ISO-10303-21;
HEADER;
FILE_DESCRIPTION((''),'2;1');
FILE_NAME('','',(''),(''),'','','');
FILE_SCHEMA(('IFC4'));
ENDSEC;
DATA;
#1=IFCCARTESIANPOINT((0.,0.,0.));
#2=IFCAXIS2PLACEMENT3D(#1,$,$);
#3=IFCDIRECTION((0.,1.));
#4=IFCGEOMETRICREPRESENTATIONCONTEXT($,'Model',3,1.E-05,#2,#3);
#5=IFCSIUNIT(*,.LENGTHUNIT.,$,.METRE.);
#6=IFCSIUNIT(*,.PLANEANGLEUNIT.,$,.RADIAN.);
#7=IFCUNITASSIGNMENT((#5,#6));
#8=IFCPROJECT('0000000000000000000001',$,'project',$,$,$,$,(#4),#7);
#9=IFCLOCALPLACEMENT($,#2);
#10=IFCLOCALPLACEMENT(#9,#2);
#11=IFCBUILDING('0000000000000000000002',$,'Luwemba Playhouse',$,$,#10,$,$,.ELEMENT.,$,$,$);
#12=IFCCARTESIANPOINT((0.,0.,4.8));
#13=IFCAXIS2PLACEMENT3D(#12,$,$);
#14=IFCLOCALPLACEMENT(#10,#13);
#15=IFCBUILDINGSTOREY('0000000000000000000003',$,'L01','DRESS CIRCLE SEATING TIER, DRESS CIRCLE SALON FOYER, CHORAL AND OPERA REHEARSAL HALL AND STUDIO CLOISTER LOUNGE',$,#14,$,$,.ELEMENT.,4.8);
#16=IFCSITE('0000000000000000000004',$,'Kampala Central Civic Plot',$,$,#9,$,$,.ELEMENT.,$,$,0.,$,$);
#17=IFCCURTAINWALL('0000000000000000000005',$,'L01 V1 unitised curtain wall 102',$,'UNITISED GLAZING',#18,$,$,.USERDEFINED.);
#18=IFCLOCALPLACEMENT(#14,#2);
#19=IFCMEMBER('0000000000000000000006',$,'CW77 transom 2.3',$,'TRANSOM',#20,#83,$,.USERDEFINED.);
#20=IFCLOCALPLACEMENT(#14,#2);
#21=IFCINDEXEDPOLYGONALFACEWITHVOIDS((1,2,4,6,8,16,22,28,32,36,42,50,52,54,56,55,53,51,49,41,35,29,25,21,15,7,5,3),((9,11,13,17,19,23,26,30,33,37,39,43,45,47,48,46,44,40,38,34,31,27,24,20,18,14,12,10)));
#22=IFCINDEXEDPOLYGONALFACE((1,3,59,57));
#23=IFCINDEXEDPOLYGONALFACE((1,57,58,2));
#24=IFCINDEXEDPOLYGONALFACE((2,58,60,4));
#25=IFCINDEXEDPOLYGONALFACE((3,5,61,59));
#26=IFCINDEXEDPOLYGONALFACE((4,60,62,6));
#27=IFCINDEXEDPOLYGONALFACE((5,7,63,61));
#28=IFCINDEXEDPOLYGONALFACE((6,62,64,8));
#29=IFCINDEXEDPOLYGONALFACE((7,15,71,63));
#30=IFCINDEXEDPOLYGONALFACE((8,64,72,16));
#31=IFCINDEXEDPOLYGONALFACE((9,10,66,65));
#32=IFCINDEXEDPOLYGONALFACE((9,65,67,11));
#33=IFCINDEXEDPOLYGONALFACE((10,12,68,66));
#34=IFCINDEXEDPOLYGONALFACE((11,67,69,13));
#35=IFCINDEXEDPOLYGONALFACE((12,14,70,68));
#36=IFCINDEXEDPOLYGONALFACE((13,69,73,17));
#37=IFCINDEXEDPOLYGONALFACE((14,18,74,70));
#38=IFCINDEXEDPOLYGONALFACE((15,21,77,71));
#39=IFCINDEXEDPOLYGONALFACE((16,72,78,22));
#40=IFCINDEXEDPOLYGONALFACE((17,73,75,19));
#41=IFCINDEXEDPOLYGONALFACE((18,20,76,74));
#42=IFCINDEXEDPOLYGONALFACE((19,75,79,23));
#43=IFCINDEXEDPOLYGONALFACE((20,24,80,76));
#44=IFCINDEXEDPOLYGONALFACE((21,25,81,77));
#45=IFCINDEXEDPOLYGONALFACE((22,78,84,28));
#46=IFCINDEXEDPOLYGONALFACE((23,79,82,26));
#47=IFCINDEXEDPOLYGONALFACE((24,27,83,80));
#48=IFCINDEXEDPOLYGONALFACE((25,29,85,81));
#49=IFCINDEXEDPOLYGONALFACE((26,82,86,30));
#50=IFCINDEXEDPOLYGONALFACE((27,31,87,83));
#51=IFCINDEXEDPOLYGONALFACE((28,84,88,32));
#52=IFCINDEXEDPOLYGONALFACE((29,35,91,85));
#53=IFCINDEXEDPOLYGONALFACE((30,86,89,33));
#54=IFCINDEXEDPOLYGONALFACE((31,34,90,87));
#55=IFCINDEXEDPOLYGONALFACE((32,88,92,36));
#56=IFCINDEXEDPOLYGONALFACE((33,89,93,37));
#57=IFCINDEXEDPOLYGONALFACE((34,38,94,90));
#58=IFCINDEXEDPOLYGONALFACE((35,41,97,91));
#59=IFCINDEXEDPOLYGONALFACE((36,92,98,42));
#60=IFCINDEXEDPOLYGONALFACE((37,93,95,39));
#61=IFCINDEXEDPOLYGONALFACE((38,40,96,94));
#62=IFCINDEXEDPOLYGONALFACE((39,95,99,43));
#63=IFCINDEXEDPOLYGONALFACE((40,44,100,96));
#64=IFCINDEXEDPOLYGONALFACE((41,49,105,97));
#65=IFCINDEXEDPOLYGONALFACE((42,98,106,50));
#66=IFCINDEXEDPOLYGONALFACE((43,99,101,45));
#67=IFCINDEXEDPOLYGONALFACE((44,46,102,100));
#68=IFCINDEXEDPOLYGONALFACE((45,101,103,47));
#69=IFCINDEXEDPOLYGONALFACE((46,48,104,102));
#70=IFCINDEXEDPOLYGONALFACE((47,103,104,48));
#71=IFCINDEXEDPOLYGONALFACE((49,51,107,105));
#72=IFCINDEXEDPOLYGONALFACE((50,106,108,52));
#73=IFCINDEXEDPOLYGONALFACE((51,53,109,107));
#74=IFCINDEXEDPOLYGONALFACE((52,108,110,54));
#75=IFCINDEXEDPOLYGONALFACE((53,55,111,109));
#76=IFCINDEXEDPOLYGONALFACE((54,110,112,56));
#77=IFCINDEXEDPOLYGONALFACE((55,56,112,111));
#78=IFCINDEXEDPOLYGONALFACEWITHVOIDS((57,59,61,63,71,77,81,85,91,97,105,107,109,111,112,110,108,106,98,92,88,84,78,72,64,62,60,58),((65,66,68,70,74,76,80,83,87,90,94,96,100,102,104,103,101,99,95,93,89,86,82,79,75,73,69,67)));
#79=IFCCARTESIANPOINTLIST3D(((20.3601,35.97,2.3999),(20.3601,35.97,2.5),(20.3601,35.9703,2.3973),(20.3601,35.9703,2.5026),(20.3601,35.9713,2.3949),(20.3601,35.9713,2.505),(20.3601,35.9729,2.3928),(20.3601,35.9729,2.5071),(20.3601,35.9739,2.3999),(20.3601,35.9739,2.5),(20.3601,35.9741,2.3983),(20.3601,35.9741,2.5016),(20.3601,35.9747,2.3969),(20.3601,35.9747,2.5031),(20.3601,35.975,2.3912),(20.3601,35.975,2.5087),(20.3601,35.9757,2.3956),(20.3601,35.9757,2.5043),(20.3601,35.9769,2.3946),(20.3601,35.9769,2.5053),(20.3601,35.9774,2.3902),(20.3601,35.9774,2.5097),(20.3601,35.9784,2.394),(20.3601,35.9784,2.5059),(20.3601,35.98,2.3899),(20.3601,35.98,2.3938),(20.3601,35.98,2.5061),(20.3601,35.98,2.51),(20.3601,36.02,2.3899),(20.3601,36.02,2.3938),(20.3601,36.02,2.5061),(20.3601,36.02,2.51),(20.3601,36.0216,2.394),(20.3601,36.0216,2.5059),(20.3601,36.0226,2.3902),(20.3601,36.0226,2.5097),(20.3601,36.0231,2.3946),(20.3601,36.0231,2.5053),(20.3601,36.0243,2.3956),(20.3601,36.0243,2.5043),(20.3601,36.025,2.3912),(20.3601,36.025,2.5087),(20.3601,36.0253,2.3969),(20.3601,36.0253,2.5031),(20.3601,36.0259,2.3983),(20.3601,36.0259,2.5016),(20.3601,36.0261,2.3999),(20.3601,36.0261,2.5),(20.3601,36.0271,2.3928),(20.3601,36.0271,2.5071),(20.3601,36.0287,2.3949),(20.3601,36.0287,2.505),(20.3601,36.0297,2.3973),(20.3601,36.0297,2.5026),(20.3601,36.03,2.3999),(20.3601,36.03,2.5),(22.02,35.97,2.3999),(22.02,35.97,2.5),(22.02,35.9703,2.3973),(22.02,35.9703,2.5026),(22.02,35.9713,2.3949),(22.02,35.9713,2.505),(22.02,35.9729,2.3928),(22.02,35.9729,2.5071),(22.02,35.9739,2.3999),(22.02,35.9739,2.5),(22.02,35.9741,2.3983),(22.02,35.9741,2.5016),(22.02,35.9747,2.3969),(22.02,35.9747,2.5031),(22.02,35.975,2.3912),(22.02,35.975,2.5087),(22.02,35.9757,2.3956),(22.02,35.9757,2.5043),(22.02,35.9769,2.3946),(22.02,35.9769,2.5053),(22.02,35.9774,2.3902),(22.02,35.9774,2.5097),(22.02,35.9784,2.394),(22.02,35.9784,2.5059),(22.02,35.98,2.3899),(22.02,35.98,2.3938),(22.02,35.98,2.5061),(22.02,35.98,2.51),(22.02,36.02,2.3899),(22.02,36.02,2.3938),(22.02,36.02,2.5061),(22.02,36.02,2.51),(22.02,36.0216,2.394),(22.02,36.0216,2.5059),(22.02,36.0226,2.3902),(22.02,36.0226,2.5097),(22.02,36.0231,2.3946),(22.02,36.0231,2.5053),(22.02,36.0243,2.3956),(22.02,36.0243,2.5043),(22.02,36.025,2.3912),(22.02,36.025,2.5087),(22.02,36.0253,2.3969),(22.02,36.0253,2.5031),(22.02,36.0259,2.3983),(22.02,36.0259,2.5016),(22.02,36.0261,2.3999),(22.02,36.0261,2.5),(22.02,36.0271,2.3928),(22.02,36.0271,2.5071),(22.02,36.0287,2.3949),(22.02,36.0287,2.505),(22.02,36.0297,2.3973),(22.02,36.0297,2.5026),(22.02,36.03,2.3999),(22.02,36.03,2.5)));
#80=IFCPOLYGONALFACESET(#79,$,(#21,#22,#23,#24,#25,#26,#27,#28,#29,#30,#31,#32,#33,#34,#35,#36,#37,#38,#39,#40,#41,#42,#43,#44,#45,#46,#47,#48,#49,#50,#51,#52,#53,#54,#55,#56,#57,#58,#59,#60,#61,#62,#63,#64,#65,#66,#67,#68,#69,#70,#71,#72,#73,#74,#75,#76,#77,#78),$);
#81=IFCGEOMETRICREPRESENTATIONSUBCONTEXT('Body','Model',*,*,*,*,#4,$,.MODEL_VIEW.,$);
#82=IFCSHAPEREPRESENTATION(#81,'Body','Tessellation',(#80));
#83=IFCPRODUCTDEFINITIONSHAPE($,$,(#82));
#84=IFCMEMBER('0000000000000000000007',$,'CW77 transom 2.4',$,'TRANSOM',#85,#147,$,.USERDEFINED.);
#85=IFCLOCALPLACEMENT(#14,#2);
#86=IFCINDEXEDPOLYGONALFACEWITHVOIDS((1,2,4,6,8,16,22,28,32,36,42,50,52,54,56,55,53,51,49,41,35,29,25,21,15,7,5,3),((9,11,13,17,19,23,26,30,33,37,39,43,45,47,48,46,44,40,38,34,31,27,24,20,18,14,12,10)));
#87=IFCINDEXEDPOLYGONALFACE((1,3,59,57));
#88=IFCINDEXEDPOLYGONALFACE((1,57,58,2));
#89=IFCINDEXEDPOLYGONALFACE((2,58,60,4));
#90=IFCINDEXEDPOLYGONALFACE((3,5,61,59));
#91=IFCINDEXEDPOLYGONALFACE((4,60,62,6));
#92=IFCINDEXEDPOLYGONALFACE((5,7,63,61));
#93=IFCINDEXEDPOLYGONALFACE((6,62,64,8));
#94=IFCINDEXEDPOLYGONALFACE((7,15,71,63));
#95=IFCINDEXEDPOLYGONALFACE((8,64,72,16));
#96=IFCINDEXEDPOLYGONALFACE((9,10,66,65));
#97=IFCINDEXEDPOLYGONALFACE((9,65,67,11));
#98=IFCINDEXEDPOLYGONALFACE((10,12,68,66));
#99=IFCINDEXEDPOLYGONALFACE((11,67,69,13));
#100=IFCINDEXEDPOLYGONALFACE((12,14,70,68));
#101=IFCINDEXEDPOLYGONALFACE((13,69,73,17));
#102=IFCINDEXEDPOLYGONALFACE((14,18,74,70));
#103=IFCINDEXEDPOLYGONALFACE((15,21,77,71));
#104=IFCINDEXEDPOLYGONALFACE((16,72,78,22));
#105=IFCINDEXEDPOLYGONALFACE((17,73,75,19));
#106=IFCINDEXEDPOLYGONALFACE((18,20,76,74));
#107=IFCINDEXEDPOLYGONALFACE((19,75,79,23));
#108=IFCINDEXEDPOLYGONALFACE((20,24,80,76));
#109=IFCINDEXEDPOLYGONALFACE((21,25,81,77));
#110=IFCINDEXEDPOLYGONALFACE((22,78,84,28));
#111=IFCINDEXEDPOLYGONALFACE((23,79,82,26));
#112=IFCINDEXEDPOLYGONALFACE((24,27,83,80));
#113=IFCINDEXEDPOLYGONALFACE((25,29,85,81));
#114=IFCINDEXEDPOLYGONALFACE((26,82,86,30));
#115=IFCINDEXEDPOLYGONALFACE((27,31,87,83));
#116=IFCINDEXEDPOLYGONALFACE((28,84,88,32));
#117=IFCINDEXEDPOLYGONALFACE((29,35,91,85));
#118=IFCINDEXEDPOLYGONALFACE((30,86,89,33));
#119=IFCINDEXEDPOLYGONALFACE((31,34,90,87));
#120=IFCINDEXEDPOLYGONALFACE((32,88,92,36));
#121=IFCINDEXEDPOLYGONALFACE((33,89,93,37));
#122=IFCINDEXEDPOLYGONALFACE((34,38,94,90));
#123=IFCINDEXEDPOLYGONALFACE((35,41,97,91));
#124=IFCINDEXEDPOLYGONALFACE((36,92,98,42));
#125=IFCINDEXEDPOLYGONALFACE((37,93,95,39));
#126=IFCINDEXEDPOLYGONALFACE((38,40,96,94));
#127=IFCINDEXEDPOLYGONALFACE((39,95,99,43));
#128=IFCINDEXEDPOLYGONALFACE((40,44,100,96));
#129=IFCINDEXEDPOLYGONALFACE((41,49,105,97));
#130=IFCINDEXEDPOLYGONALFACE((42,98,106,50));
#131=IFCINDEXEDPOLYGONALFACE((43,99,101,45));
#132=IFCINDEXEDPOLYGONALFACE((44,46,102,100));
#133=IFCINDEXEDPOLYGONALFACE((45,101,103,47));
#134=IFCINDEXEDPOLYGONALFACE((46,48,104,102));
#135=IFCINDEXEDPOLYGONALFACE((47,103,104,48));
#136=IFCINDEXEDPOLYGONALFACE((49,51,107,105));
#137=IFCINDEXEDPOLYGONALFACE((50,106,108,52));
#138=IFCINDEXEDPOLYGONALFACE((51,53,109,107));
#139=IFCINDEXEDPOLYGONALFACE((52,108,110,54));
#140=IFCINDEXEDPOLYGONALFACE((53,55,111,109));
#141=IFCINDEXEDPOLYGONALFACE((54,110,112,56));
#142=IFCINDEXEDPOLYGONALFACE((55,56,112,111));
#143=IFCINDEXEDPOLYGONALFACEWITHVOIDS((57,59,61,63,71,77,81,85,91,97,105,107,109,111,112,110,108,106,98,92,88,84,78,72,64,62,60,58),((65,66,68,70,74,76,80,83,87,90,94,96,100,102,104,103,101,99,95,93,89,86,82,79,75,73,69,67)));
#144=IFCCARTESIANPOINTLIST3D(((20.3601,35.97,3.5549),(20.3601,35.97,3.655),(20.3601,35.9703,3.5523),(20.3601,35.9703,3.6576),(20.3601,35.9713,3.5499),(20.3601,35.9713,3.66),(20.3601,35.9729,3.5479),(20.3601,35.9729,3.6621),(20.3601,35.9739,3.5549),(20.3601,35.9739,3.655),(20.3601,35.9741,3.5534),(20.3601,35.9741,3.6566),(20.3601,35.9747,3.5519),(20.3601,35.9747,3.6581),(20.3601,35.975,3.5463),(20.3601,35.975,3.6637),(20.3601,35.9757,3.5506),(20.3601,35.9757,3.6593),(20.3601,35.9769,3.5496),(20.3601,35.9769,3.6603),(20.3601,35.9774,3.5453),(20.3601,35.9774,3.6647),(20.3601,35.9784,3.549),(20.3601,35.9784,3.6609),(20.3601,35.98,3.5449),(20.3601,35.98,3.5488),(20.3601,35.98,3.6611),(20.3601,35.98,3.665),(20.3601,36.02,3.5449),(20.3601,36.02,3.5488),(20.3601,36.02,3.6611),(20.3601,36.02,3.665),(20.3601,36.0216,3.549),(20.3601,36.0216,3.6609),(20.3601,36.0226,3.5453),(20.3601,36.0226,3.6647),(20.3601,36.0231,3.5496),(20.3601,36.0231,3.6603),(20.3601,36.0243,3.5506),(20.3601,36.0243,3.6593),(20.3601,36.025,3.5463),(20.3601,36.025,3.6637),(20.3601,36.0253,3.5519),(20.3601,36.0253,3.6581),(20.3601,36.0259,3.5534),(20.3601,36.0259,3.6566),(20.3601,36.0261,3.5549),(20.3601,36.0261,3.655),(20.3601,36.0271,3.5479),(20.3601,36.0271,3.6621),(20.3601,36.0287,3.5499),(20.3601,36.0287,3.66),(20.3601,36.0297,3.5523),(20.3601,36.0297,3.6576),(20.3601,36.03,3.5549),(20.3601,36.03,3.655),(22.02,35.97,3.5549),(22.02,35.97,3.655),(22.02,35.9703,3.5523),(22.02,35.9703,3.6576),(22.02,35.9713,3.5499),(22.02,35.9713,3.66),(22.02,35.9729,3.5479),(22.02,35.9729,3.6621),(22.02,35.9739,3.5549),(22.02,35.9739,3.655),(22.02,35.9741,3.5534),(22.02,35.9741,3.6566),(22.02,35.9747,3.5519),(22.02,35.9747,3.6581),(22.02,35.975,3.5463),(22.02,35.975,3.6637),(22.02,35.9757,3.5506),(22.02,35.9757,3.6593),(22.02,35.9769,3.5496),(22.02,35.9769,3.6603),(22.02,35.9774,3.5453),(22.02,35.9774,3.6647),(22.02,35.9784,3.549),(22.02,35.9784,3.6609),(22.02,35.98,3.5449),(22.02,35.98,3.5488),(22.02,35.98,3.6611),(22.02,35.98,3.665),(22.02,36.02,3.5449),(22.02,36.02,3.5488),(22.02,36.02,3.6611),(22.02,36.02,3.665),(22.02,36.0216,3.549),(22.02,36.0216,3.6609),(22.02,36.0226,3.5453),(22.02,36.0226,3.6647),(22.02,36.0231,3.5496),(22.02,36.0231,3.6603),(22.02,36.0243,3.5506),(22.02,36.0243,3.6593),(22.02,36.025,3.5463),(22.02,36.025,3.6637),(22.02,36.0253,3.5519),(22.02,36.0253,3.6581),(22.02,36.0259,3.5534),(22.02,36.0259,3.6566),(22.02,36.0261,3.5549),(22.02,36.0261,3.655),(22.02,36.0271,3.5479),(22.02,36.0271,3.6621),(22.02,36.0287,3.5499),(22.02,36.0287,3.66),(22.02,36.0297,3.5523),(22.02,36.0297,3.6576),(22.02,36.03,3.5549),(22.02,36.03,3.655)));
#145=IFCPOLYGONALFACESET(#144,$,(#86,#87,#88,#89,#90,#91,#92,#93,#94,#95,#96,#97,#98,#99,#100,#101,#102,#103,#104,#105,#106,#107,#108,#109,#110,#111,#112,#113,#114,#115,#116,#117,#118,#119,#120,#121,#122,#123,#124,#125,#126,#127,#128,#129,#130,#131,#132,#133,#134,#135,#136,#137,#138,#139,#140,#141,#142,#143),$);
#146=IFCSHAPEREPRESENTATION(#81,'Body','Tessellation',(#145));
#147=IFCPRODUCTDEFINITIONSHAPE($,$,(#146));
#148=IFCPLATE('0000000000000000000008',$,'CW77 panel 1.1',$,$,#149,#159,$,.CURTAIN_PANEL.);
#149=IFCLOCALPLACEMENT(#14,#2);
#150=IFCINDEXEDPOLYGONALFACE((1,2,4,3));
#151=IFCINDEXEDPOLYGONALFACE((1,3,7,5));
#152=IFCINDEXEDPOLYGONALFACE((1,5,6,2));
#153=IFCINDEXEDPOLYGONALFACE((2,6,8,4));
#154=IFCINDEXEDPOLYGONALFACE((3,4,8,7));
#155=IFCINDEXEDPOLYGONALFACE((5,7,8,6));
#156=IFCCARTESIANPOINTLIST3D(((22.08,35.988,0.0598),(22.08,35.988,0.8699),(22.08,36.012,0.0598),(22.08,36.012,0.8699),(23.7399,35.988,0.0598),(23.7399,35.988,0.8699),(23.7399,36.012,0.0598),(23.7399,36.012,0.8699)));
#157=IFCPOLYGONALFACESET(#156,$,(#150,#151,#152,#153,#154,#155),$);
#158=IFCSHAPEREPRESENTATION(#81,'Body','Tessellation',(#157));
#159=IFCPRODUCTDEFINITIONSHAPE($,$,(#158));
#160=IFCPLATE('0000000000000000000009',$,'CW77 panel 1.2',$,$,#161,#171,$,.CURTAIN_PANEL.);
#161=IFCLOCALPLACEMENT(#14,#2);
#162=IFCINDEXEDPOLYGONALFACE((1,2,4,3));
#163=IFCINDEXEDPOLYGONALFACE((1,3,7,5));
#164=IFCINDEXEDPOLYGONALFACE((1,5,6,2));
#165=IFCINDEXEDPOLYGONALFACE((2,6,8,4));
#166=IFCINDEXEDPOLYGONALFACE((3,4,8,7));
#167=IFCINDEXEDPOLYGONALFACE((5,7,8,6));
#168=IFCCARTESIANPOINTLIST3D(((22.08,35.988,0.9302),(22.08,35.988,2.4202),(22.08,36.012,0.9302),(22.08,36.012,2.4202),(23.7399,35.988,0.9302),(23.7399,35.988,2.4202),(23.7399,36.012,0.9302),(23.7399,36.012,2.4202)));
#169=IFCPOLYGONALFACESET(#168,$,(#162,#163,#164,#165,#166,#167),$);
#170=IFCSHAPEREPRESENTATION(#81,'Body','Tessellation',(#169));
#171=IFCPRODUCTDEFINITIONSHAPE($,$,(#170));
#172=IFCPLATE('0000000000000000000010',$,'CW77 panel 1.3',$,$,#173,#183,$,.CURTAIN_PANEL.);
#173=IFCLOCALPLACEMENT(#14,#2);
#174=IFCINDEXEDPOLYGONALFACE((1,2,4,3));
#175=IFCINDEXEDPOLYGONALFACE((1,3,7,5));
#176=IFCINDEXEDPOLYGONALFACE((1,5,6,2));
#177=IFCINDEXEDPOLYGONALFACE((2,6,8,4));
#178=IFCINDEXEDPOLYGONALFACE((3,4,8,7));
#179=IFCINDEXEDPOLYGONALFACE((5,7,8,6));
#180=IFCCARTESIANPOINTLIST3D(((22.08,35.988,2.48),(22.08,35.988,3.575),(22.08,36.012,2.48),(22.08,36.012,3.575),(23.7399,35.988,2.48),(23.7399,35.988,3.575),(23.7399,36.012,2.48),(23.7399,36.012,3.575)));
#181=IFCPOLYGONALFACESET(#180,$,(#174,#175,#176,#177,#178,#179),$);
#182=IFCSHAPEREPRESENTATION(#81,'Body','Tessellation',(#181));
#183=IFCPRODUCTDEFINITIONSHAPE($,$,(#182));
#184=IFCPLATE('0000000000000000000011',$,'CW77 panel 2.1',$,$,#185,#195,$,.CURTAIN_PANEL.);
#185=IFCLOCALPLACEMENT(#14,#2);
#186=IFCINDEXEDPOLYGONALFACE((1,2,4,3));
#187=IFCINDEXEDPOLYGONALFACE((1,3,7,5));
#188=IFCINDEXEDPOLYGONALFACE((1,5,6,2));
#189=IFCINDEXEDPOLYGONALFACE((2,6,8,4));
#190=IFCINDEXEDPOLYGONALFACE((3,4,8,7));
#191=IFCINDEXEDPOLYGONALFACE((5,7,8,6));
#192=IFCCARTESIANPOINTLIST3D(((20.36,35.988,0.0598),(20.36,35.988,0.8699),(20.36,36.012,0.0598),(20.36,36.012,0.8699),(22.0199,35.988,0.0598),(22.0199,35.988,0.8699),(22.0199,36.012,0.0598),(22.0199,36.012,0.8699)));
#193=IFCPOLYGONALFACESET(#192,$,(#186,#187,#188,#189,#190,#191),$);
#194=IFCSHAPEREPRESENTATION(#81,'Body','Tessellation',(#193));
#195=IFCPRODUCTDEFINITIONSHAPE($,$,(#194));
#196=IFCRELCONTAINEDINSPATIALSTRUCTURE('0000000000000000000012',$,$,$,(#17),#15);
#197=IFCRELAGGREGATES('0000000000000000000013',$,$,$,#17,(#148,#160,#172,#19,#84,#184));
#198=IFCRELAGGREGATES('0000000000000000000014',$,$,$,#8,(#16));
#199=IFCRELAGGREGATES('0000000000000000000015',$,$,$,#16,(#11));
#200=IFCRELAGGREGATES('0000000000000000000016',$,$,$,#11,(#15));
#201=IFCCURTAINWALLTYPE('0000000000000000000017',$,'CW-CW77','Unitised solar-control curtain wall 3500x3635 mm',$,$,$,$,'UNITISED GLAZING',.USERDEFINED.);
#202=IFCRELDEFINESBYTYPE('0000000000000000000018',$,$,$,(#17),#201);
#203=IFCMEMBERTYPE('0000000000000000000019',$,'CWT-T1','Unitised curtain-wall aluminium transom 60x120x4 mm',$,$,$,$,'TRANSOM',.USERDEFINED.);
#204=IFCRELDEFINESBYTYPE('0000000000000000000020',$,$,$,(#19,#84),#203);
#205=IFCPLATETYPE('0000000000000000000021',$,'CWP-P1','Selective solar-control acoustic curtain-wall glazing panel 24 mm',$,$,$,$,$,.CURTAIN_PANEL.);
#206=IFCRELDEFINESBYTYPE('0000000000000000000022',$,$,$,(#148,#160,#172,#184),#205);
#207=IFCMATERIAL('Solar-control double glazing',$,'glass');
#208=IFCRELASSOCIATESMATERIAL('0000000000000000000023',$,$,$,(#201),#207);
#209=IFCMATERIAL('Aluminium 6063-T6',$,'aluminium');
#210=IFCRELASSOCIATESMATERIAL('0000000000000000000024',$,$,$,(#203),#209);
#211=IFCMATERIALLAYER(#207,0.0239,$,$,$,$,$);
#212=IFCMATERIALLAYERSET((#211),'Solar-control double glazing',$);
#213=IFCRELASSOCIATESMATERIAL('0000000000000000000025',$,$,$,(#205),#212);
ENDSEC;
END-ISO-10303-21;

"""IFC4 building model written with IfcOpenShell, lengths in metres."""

from ifc_helpers import new_model, si_unit, direction, frame, origin, origin_2d, place, context, subcontext, project, spatial, rectangle, hollow_rectangle, extrude, material, layer, layer_set, material_profile, profile_set, type_object, element, aggregate, save


model = new_model("IFC4")

# Units and contexts
model_context = context("Model", 3, precision=1e-05, world=origin(), true_north=direction((0.0, 1.0)))
body_context = subcontext(model_context, "Body", "Model", "MODEL_VIEW")
ifc_project = project(units=[si_unit("LENGTHUNIT", "METRE"), si_unit("PLANEANGLEUNIT", "RADIAN")], contexts=[model_context])

# Site, building, storey
site_placement = place(None, origin())
site = spatial("IfcSite", under=ifc_project, at=site_placement, Name="Kampala Central Civic Plot", CompositionType="ELEMENT", RefElevation=0.0)
building_placement = place(site_placement, origin())
building = spatial("IfcBuilding", under=site, at=building_placement, Name="Luwemba Playhouse", CompositionType="ELEMENT")
storey_placement = place(building_placement, frame((0.0, 0.0, 4.8)))
storey = spatial("IfcBuildingStorey", under=building, at=storey_placement, Name="L01", Description="DRESS CIRCLE SEATING TIER, DRESS CIRCLE SALON FOYER, CHORAL AND OPERA REHEARSAL HALL AND STUDIO CLOISTER LOUNGE", CompositionType="ELEMENT", Elevation=4.8)

# Curtain wall
ifc_material_1 = material(Name="Solar-control double glazing", Category="glass")
curtain_wall_type_1 = type_object("IfcCurtainWallType", Name="CW-CW77", Description="Unitised solar-control curtain wall 3500x3635 mm", ElementType="UNITISED GLAZING", PredefinedType="USERDEFINED", material=ifc_material_1)
curtain_wall_1_placement = place(storey_placement, origin())
curtain_wall_1 = element("IfcCurtainWall", 1, at=curtain_wall_1_placement, inside=storey, type_object=curtain_wall_type_1, Name="L01 V1 unitised curtain wall 102", ObjectType="UNITISED GLAZING", PredefinedType="USERDEFINED")
ifc_material_2 = material(Name="Aluminium 6063-T6", Category="aluminium")

# Members
ifc_material_profile_1 = material_profile(ifc_material_2, hollow_rectangle(XDim=0.0601, YDim=0.1201, WallThickness=0.0039, InnerFilletRadius=0.0061, OuterFilletRadius=0.01, at=origin_2d()))
ifc_profile_set_1 = profile_set([ifc_material_profile_1], Name="Aluminium 6063-T6")
member_type_1 = type_object("IfcMemberType", Name="CWT-T1", Description="Unitised curtain-wall aluminium transom 60x120x4 mm", ElementType="TRANSOM", PredefinedType="USERDEFINED", material=ifc_profile_set_1)
member_1_placement = place(storey_placement, frame((22.02, 36.0, 2.45), z_axis=(-1.0, 0.0, 0.0), x_axis=(0.0, -1.0, 0.0)))
member_1 = element("IfcMember", 2, at=member_1_placement, type_object=member_type_1, Name="CW77 transom 2.3", ObjectType="TRANSOM", PredefinedType="USERDEFINED", context=body_context, shape_type="SweptSolid", body=[
    extrude(hollow_rectangle(XDim=0.0601, YDim=0.1201, WallThickness=0.0039, InnerFilletRadius=0.0061, OuterFilletRadius=0.01, at=origin_2d()), origin(), (0.0, 0.0, 1.0), 1.6599),
])
member_2_placement = place(storey_placement, frame((22.02, 36.0, 3.605), z_axis=(-1.0, 0.0, 0.0), x_axis=(0.0, -1.0, 0.0)))
member_2 = element("IfcMember", 3, at=member_2_placement, type_object=member_type_1, Name="CW77 transom 2.4", ObjectType="TRANSOM", PredefinedType="USERDEFINED", context=body_context, shape_type="SweptSolid", body=[
    extrude(hollow_rectangle(XDim=0.0601, YDim=0.1201, WallThickness=0.0039, InnerFilletRadius=0.0061, OuterFilletRadius=0.01, at=origin_2d()), origin(), (0.0, 0.0, 1.0), 1.6599),
])

# Plates
ifc_layer_1 = layer(ifc_material_1, 0.0239)
ifc_layer_set_1 = layer_set([ifc_layer_1], Name="Solar-control double glazing")
plate_type_1 = type_object("IfcPlateType", Name="CWP-P1", Description="Selective solar-control acoustic curtain-wall glazing panel 24 mm", PredefinedType="CURTAIN_PANEL", material=ifc_layer_set_1)
plate_1_placement = place(storey_placement, frame((22.9099, 36.0, 0.0598), z_axis=(0.0, 0.0, 1.0), x_axis=(-1.0, 0.0, 0.0)))
plate_1 = element("IfcPlate", 4, at=plate_1_placement, type_object=plate_type_1, Name="CW77 panel 1.1", PredefinedType="CURTAIN_PANEL", context=body_context, shape_type="SweptSolid", body=[
    extrude(rectangle(XDim=1.6599, YDim=0.0239, at=origin_2d()), origin(), (0.0, 0.0, 1.0), 0.8101),
])
plate_2_placement = place(storey_placement, frame((22.9099, 36.0, 0.9302), z_axis=(0.0, 0.0, 1.0), x_axis=(-1.0, 0.0, 0.0)))
plate_2 = element("IfcPlate", 5, at=plate_2_placement, type_object=plate_type_1, Name="CW77 panel 1.2", PredefinedType="CURTAIN_PANEL", context=body_context, shape_type="SweptSolid", body=[
    extrude(rectangle(XDim=1.6599, YDim=0.0239, at=origin_2d()), origin(), (0.0, 0.0, 1.0), 1.49),
])
plate_3_placement = place(storey_placement, frame((22.9099, 36.0, 2.48), z_axis=(0.0, 0.0, 1.0), x_axis=(-1.0, 0.0, 0.0)))
plate_3 = element("IfcPlate", 6, at=plate_3_placement, type_object=plate_type_1, Name="CW77 panel 1.3", PredefinedType="CURTAIN_PANEL", context=body_context, shape_type="SweptSolid", body=[
    extrude(rectangle(XDim=1.6599, YDim=0.0239, at=origin_2d()), origin(), (0.0, 0.0, 1.0), 1.095),
])
plate_4_placement = place(storey_placement, frame((21.1899, 36.0, 0.0598), z_axis=(0.0, 0.0, 1.0), x_axis=(-1.0, 0.0, 0.0)))
plate_4 = element("IfcPlate", 7, at=plate_4_placement, type_object=plate_type_1, Name="CW77 panel 2.1", PredefinedType="CURTAIN_PANEL", context=body_context, shape_type="SweptSolid", body=[
    extrude(rectangle(XDim=1.6599, YDim=0.0239, at=origin_2d()), origin(), (0.0, 0.0, 1.0), 0.8101),
])
aggregate(curtain_wall_1, [plate_1, plate_2, plate_3, member_1, member_2, plate_4])

save(model, "model.ifc")
